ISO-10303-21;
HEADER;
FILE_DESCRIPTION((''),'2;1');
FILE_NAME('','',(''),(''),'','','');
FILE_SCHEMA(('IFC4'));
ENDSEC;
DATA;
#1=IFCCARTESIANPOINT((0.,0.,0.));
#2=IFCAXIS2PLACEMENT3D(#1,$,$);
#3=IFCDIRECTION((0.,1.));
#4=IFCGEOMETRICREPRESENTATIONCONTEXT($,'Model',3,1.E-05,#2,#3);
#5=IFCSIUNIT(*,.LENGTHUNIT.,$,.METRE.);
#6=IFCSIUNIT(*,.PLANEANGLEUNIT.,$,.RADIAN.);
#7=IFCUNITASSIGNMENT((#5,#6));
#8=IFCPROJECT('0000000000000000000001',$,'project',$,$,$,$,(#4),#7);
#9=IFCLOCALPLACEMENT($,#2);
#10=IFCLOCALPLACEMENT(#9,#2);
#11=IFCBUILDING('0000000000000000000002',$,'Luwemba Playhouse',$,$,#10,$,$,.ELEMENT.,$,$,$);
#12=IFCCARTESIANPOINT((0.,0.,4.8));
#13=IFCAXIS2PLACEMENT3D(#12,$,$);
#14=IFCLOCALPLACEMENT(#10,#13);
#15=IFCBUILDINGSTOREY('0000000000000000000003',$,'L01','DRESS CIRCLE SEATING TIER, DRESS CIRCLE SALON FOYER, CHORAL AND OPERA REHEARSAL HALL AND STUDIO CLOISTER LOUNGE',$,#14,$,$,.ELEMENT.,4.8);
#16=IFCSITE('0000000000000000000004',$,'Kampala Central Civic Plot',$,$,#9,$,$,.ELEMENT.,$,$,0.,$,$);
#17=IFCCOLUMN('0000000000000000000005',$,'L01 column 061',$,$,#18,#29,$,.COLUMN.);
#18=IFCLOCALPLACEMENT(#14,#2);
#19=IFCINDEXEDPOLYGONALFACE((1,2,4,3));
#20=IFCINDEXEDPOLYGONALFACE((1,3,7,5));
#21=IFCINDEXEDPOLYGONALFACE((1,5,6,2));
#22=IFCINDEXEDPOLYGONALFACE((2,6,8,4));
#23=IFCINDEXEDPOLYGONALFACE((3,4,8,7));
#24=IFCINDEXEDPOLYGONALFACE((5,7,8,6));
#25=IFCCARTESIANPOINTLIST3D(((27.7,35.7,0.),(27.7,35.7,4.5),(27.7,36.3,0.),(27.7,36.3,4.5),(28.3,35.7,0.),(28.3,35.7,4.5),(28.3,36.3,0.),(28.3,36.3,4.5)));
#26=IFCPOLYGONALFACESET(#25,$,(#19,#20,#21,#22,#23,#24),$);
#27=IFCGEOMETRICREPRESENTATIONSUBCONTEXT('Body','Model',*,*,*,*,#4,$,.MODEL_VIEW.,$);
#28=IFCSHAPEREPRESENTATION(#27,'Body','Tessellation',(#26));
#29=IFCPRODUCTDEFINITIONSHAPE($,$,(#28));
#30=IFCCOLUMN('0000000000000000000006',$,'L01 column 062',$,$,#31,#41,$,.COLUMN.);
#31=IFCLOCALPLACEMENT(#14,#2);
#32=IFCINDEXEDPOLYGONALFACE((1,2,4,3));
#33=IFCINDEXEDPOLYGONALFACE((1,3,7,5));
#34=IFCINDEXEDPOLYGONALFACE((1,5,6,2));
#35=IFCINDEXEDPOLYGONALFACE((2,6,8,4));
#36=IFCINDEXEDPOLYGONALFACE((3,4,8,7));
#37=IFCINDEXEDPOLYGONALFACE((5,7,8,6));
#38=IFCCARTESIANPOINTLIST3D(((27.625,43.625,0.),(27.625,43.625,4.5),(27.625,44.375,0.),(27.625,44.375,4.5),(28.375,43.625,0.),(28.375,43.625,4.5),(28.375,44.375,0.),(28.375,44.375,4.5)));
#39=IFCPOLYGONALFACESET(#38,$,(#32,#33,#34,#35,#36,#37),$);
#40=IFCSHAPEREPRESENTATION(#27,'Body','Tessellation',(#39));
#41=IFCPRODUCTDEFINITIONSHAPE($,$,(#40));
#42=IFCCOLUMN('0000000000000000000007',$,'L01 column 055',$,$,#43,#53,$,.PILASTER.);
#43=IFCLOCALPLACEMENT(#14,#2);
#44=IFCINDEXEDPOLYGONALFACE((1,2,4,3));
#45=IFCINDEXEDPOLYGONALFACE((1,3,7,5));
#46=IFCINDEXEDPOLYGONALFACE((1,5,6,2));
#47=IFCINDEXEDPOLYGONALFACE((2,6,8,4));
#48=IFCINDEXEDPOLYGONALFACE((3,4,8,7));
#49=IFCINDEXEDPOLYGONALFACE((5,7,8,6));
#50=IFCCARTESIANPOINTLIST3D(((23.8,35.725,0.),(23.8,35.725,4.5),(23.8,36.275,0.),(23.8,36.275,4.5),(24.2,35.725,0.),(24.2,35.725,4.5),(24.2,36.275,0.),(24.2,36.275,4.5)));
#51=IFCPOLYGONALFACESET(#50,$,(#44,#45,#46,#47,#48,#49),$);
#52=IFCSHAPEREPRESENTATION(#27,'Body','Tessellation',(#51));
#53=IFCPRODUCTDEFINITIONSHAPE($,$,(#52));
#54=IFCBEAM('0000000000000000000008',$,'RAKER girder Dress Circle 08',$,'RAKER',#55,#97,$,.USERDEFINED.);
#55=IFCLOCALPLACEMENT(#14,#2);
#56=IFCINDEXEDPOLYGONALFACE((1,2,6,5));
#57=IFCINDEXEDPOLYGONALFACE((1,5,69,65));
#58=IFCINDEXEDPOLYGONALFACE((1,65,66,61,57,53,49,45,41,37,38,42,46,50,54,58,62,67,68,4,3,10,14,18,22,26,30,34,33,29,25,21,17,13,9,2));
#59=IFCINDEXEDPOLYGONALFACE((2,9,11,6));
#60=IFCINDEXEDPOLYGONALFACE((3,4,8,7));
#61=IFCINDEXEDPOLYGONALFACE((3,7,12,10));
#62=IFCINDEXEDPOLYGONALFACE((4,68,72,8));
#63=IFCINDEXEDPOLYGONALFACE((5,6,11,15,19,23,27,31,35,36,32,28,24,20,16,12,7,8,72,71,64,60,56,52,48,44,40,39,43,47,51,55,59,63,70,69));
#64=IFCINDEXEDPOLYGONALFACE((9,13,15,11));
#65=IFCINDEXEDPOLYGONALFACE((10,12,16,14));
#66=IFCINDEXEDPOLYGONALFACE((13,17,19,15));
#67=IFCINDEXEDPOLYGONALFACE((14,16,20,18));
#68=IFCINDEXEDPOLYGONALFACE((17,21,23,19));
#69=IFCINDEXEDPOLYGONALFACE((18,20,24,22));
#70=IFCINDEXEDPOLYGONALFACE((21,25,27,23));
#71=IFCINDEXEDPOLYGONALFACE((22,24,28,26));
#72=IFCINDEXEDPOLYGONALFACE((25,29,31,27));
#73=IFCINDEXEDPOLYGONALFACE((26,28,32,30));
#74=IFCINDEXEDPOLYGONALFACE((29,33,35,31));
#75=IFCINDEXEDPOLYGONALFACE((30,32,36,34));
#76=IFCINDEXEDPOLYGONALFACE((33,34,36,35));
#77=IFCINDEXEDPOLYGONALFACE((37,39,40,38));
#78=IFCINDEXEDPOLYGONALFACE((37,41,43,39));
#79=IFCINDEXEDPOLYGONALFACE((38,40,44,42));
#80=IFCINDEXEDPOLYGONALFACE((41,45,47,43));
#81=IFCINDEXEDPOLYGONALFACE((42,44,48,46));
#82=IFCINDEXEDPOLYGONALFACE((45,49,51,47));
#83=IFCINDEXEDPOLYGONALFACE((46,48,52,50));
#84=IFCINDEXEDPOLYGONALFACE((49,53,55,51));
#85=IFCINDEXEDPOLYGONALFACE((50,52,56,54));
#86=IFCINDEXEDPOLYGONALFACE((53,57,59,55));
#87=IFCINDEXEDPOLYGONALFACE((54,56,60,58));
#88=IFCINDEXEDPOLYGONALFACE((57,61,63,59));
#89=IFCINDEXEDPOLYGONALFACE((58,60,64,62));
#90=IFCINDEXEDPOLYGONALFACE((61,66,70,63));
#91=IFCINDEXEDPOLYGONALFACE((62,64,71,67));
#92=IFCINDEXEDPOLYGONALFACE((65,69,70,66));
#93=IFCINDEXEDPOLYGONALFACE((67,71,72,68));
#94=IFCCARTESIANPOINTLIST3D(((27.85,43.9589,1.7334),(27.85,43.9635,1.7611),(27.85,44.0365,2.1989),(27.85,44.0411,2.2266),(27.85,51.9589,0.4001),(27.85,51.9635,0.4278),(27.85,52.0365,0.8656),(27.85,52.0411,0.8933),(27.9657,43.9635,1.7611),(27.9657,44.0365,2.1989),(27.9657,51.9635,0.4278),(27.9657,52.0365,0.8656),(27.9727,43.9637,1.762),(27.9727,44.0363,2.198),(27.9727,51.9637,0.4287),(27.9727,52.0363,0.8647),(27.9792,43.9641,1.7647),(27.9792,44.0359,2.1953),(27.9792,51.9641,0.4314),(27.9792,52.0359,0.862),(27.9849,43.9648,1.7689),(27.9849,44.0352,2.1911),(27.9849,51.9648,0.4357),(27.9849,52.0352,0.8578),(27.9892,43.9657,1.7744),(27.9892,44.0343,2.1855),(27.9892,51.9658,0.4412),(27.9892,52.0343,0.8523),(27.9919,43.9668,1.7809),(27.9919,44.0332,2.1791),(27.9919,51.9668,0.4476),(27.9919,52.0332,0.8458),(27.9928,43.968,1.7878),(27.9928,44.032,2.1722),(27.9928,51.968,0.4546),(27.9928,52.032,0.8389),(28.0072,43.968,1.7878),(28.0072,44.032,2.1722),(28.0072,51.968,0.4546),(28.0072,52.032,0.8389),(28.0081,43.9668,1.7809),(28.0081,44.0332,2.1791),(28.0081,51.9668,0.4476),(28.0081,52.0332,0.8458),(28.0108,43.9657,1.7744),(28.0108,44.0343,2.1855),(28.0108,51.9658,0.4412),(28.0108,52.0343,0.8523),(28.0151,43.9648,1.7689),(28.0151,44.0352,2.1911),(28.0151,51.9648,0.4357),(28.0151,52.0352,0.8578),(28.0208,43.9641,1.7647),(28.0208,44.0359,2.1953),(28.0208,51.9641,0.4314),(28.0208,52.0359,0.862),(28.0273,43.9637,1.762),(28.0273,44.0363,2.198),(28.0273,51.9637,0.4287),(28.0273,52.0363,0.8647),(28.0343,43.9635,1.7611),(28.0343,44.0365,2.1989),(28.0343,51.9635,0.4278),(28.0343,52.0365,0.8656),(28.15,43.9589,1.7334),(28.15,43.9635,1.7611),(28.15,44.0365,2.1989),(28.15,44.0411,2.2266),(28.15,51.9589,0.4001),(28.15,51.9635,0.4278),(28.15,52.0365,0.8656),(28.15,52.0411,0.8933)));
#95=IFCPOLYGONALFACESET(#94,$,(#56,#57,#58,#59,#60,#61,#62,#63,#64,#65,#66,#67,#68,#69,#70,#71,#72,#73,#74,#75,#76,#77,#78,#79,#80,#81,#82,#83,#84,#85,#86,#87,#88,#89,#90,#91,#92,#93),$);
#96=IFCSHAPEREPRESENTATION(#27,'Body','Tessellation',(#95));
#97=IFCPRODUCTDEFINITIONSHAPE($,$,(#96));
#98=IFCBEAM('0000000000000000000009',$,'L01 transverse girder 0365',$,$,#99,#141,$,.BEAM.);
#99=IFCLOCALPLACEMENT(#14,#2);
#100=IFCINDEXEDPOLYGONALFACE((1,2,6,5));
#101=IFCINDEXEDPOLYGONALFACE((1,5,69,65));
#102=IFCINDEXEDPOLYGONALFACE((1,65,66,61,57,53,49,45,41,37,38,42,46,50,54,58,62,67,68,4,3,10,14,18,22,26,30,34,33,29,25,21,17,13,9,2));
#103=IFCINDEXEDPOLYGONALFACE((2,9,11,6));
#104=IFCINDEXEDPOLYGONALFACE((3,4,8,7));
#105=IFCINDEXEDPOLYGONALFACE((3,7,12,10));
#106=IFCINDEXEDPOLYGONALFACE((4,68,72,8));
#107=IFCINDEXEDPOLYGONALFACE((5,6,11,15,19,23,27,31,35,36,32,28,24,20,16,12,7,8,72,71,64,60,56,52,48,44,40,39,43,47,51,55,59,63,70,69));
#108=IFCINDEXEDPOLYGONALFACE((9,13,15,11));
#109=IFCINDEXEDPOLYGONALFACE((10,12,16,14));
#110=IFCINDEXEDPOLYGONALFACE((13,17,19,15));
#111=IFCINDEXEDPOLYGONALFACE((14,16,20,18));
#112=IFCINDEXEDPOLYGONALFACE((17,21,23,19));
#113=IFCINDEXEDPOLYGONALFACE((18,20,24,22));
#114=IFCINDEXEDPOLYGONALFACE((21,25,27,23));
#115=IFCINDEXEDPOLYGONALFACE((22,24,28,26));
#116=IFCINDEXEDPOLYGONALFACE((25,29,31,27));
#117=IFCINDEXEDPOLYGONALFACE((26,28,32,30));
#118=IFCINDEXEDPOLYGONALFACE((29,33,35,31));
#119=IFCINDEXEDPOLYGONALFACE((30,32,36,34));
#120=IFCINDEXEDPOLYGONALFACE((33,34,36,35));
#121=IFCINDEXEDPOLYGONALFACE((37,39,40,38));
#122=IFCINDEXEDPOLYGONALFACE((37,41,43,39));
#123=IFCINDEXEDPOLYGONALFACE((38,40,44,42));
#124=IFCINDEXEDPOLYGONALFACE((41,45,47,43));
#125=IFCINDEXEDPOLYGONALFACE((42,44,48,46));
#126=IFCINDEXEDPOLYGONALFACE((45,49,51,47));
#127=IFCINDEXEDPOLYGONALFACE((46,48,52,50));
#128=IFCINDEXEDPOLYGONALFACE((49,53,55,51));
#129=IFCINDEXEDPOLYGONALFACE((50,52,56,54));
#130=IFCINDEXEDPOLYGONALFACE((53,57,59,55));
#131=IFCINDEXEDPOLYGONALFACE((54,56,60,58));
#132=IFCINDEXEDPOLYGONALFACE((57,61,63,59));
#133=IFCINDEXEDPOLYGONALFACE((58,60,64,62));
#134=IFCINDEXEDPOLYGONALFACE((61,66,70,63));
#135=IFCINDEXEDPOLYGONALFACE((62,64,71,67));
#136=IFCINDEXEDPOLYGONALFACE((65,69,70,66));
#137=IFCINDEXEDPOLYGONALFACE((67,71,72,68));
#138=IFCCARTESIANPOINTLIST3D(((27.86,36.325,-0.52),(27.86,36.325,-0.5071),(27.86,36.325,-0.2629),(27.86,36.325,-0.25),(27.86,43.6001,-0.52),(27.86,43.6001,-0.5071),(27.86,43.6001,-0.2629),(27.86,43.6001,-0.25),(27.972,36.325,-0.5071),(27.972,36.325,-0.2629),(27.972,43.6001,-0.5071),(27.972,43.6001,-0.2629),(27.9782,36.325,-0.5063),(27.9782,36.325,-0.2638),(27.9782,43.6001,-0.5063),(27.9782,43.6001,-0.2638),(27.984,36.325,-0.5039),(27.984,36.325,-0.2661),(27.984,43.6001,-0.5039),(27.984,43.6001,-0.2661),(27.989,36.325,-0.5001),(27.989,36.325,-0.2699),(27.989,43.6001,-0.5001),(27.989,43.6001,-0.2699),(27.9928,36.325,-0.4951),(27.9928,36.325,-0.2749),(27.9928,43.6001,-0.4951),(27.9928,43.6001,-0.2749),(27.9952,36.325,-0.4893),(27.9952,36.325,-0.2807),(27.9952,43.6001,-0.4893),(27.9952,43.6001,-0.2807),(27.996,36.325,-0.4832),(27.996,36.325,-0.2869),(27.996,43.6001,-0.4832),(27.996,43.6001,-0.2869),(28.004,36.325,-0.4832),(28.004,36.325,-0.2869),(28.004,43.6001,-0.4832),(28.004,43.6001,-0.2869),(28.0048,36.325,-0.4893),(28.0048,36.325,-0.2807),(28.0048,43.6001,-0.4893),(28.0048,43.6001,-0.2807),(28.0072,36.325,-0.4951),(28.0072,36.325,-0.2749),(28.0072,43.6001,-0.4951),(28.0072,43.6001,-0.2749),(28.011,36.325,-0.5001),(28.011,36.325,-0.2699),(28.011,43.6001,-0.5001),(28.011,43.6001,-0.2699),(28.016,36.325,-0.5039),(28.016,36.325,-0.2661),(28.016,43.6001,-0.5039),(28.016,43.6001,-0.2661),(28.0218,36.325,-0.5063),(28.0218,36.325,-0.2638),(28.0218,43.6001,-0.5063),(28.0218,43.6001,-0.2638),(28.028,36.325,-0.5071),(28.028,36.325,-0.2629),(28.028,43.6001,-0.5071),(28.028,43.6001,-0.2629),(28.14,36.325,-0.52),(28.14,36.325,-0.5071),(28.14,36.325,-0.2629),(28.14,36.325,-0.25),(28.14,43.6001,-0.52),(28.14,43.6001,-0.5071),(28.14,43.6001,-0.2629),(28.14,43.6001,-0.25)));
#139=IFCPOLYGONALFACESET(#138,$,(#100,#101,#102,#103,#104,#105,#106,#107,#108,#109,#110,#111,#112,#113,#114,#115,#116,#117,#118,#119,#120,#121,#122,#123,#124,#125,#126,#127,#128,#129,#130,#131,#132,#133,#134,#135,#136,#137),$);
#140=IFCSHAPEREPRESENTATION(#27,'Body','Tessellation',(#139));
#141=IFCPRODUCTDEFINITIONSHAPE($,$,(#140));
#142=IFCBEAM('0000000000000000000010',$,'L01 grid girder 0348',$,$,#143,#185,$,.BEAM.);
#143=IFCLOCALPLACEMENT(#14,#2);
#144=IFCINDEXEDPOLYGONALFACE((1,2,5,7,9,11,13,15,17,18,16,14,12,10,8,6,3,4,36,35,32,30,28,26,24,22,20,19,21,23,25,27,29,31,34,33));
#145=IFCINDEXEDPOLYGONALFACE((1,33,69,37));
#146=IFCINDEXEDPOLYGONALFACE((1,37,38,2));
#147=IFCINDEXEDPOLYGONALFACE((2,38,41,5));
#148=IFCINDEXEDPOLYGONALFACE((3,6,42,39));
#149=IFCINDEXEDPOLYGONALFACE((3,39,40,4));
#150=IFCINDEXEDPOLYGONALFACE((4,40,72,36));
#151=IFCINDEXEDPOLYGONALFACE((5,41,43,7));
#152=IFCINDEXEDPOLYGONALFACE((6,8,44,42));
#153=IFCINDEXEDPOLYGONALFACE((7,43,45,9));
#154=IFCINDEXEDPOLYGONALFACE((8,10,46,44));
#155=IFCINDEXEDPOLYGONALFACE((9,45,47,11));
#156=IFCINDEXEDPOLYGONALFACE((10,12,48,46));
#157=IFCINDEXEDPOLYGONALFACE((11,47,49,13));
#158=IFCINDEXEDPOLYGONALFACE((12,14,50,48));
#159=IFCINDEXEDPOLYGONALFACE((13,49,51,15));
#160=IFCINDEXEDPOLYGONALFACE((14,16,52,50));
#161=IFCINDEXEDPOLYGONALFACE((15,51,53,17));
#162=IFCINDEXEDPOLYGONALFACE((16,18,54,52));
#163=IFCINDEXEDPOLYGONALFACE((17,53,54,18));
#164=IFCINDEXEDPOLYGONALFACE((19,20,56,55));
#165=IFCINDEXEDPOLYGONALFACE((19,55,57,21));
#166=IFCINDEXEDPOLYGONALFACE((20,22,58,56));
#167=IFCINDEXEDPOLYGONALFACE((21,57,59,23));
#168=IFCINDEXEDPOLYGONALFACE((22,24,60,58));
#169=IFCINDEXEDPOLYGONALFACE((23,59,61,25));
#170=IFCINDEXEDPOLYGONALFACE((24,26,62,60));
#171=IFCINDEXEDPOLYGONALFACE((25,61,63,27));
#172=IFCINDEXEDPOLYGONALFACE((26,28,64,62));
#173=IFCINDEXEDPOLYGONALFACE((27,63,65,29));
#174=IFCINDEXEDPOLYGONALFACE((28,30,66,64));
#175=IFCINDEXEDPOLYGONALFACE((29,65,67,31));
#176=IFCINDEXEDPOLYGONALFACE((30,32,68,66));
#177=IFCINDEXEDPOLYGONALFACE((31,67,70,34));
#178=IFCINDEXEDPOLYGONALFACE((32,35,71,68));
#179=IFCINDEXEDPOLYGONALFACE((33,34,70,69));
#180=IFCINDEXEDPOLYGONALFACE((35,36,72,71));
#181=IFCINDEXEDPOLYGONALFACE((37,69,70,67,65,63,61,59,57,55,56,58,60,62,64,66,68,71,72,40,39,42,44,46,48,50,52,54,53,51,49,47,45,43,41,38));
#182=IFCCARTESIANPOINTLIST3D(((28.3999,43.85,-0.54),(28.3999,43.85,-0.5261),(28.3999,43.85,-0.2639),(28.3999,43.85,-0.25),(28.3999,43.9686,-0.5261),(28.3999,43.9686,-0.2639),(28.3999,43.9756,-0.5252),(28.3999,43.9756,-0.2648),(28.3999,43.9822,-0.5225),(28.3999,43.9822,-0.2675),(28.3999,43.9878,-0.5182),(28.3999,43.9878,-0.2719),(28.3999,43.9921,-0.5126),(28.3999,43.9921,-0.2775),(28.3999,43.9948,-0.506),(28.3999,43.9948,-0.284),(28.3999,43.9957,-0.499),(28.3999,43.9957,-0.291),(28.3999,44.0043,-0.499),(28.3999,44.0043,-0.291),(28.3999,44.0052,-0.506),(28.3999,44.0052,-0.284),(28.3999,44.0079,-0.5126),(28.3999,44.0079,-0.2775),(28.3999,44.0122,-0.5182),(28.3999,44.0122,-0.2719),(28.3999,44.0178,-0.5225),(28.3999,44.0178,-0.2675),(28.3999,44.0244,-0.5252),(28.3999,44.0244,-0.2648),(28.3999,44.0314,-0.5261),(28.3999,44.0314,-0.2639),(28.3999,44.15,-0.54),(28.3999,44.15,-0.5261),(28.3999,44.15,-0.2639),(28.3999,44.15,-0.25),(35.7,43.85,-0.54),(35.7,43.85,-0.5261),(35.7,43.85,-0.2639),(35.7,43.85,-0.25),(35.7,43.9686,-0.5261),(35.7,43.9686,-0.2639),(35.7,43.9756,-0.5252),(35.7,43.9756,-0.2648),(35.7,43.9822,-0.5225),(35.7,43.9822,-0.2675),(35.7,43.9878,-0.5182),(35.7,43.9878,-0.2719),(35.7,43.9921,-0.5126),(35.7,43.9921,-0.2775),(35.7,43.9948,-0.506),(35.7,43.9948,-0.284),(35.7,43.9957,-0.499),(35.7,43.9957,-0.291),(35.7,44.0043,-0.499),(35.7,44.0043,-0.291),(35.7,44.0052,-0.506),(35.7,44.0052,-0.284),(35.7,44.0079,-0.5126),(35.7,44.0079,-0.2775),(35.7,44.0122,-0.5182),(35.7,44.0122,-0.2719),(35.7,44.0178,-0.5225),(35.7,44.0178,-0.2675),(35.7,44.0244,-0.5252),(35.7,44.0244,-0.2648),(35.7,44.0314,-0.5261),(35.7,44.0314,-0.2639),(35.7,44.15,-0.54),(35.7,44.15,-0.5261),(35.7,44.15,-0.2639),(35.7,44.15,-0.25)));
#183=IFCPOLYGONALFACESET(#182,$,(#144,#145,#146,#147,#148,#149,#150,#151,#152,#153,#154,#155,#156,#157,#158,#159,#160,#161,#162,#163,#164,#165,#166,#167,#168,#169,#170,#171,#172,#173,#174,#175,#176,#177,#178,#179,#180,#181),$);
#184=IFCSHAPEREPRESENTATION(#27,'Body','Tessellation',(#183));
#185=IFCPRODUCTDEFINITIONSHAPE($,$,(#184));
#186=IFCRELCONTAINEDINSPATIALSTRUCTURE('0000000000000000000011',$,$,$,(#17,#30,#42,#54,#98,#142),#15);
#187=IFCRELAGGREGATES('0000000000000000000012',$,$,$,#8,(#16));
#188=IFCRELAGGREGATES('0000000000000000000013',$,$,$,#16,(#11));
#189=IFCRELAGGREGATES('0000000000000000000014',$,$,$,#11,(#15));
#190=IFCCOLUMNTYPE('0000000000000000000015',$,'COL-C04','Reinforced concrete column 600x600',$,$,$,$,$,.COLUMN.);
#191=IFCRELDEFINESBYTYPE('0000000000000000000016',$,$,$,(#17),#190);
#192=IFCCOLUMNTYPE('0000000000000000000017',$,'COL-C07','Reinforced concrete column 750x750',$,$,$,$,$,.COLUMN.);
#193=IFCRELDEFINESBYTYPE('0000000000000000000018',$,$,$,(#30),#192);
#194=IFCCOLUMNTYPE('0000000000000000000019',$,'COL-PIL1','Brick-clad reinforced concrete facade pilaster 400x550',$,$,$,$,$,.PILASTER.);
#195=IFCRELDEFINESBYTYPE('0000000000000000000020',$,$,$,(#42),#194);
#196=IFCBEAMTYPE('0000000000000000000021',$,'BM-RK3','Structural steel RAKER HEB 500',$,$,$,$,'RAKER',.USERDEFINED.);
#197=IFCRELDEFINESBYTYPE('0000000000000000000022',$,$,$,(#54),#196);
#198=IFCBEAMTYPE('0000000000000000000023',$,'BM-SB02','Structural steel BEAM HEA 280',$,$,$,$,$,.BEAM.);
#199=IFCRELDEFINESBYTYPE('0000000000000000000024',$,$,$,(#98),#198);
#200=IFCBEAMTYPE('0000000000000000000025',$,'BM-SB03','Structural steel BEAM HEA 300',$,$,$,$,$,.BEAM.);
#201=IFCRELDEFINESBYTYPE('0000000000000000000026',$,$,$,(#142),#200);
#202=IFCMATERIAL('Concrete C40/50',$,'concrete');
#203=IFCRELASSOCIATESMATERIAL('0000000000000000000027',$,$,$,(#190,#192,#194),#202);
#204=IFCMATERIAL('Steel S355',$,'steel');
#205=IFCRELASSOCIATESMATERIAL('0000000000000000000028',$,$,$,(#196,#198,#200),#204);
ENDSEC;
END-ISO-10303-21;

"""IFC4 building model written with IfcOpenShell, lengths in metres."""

from ifc_helpers import new_model, si_unit, direction, frame, origin, origin_2d, place, context, subcontext, project, spatial, rectangle, i_section, extrude, material, material_profile, profile_set, type_object, element, save


model = new_model("IFC4")

# Units and contexts
model_context = context("Model", 3, precision=1e-05, world=origin(), true_north=direction((0.0, 1.0)))
body_context = subcontext(model_context, "Body", "Model", "MODEL_VIEW")
ifc_project = project(units=[si_unit("LENGTHUNIT", "METRE"), si_unit("PLANEANGLEUNIT", "RADIAN")], contexts=[model_context])

# Site, building, storey
site_placement = place(None, origin())
site = spatial("IfcSite", under=ifc_project, at=site_placement, Name="Kampala Central Civic Plot", CompositionType="ELEMENT", RefElevation=0.0)
building_placement = place(site_placement, origin())
building = spatial("IfcBuilding", under=site, at=building_placement, Name="Luwemba Playhouse", CompositionType="ELEMENT")
storey_placement = place(building_placement, frame((0.0, 0.0, 4.8)))
storey = spatial("IfcBuildingStorey", under=building, at=storey_placement, Name="L01", Description="DRESS CIRCLE SEATING TIER, DRESS CIRCLE SALON FOYER, CHORAL AND OPERA REHEARSAL HALL AND STUDIO CLOISTER LOUNGE", CompositionType="ELEMENT", Elevation=4.8)

# Columns
ifc_material_1 = material(Name="Concrete C40/50", Category="concrete")
ifc_material_profile_1 = material_profile(ifc_material_1, rectangle(XDim=0.6001, YDim=0.6001, at=origin_2d()))
ifc_profile_set_1 = profile_set([ifc_material_profile_1], Name="Concrete C40/50")
column_type_1 = type_object("IfcColumnType", Name="COL-C04", Description="Reinforced concrete column 600x600", PredefinedType="COLUMN", material=ifc_profile_set_1)
column_1_placement = place(storey_placement, frame((28.0, 36.0, 0.0), z_axis=(0.0, 0.0, 1.0), x_axis=(1.0, 0.0, 0.0)))
element("IfcColumn", 1, at=column_1_placement, inside=storey, type_object=column_type_1, Name="L01 column 061", PredefinedType="COLUMN", context=body_context, shape_type="SweptSolid", body=[
    extrude(rectangle(XDim=0.6001, YDim=0.6001, at=origin_2d()), origin(), (0.0, 0.0, 1.0), 4.5),
])
ifc_material_profile_2 = material_profile(ifc_material_1, rectangle(XDim=0.75, YDim=0.75, at=origin_2d()))
ifc_profile_set_2 = profile_set([ifc_material_profile_2], Name="Concrete C40/50")
column_type_2 = type_object("IfcColumnType", Name="COL-C07", Description="Reinforced concrete column 750x750", PredefinedType="COLUMN", material=ifc_profile_set_2)
column_2_placement = place(storey_placement, frame((28.0, 44.0, 0.0), z_axis=(0.0, 0.0, 1.0), x_axis=(1.0, 0.0, 0.0)))
element("IfcColumn", 2, at=column_2_placement, inside=storey, type_object=column_type_2, Name="L01 column 062", PredefinedType="COLUMN", context=body_context, shape_type="SweptSolid", body=[
    extrude(rectangle(XDim=0.75, YDim=0.75, at=origin_2d()), origin(), (0.0, 0.0, 1.0), 4.5),
])
ifc_material_profile_3 = material_profile(ifc_material_1, rectangle(XDim=0.3999, YDim=0.55, at=origin_2d()))
ifc_profile_set_3 = profile_set([ifc_material_profile_3], Name="Concrete C40/50")
column_type_3 = type_object("IfcColumnType", Name="COL-PIL1", Description="Brick-clad reinforced concrete facade pilaster 400x550", PredefinedType="PILASTER", material=ifc_profile_set_3)
column_3_placement = place(storey_placement, frame((24.0, 36.0, 0.0), z_axis=(0.0, 0.0, 1.0), x_axis=(1.0, 0.0, 0.0)))
element("IfcColumn", 3, at=column_3_placement, inside=storey, type_object=column_type_3, Name="L01 column 055", PredefinedType="PILASTER", context=body_context, shape_type="SweptSolid", body=[
    extrude(rectangle(XDim=0.3999, YDim=0.55, at=origin_2d()), origin(), (0.0, 0.0, 1.0), 4.5),
])

# Beams
ifc_material_2 = material(Name="Steel S355", Category="steel")
ifc_material_profile_4 = material_profile(ifc_material_2, i_section(OverallWidth=0.3, OverallDepth=0.5, WebThickness=0.0144, FlangeThickness=0.0281, FilletRadius=0.0271, at=origin_2d()))
ifc_profile_set_4 = profile_set([ifc_material_profile_4], Name="Steel S355")
beam_type_1 = type_object("IfcBeamType", Name="BM-RK3", Description="Structural steel RAKER HEB 500", ElementType="RAKER", PredefinedType="USERDEFINED", material=ifc_profile_set_4)
beam_1_placement = place(storey_placement, frame((28.0, 44.0, 1.98), z_axis=(0.0, 0.986396, -0.164389), x_axis=(-1.0, 0.0, 0.0)))
element("IfcBeam", 4, at=beam_1_placement, inside=storey, type_object=beam_type_1, Name="RAKER girder Dress Circle 08", ObjectType="RAKER", PredefinedType="USERDEFINED", context=body_context, shape_type="SweptSolid", body=[
    extrude(i_section(OverallWidth=0.3, OverallDepth=0.5, WebThickness=0.0144, FlangeThickness=0.0281, FilletRadius=0.0271, at=origin_2d()), origin(), (0.0, 0.0, 1.0), 8.1104),
])
ifc_material_profile_5 = material_profile(ifc_material_2, i_section(OverallWidth=0.28, OverallDepth=0.27, WebThickness=0.0081, FlangeThickness=0.0129, FilletRadius=0.0239, at=origin_2d()))
ifc_profile_set_5 = profile_set([ifc_material_profile_5], Name="Steel S355")
beam_type_2 = type_object("IfcBeamType", Name="BM-SB02", Description="Structural steel BEAM HEA 280", PredefinedType="BEAM", material=ifc_profile_set_5)
beam_2_placement = place(storey_placement, frame((28.0, 36.325, -0.385), z_axis=(0.0, 1.0, 0.0), x_axis=(-1.0, 0.0, 0.0)))
element("IfcBeam", 5, at=beam_2_placement, inside=storey, type_object=beam_type_2, Name="L01 transverse girder 0365", PredefinedType="BEAM", context=body_context, shape_type="SweptSolid", body=[
    extrude(i_section(OverallWidth=0.28, OverallDepth=0.27, WebThickness=0.0081, FlangeThickness=0.0129, FilletRadius=0.0239, at=origin_2d()), origin(), (0.0, 0.0, 1.0), 7.2751),
])
ifc_material_profile_6 = material_profile(ifc_material_2, i_section(OverallWidth=0.3, OverallDepth=0.29, WebThickness=0.0085, FlangeThickness=0.0139, FilletRadius=0.0271, at=origin_2d()))
ifc_profile_set_6 = profile_set([ifc_material_profile_6], Name="Steel S355")
beam_type_3 = type_object("IfcBeamType", Name="BM-SB03", Description="Structural steel BEAM HEA 300", PredefinedType="BEAM", material=ifc_profile_set_6)
beam_3_placement = place(storey_placement, frame((28.3999, 44.0, -0.395), z_axis=(1.0, 0.0, 0.0), x_axis=(0.0, 1.0, 0.0)))
element("IfcBeam", 6, at=beam_3_placement, inside=storey, type_object=beam_type_3, Name="L01 grid girder 0348", PredefinedType="BEAM", context=body_context, shape_type="SweptSolid", body=[
    extrude(i_section(OverallWidth=0.3, OverallDepth=0.29, WebThickness=0.0085, FlangeThickness=0.0139, FilletRadius=0.0271, at=origin_2d()), origin(), (0.0, 0.0, 1.0), 7.3),
])

save(model, "model.ifc")
